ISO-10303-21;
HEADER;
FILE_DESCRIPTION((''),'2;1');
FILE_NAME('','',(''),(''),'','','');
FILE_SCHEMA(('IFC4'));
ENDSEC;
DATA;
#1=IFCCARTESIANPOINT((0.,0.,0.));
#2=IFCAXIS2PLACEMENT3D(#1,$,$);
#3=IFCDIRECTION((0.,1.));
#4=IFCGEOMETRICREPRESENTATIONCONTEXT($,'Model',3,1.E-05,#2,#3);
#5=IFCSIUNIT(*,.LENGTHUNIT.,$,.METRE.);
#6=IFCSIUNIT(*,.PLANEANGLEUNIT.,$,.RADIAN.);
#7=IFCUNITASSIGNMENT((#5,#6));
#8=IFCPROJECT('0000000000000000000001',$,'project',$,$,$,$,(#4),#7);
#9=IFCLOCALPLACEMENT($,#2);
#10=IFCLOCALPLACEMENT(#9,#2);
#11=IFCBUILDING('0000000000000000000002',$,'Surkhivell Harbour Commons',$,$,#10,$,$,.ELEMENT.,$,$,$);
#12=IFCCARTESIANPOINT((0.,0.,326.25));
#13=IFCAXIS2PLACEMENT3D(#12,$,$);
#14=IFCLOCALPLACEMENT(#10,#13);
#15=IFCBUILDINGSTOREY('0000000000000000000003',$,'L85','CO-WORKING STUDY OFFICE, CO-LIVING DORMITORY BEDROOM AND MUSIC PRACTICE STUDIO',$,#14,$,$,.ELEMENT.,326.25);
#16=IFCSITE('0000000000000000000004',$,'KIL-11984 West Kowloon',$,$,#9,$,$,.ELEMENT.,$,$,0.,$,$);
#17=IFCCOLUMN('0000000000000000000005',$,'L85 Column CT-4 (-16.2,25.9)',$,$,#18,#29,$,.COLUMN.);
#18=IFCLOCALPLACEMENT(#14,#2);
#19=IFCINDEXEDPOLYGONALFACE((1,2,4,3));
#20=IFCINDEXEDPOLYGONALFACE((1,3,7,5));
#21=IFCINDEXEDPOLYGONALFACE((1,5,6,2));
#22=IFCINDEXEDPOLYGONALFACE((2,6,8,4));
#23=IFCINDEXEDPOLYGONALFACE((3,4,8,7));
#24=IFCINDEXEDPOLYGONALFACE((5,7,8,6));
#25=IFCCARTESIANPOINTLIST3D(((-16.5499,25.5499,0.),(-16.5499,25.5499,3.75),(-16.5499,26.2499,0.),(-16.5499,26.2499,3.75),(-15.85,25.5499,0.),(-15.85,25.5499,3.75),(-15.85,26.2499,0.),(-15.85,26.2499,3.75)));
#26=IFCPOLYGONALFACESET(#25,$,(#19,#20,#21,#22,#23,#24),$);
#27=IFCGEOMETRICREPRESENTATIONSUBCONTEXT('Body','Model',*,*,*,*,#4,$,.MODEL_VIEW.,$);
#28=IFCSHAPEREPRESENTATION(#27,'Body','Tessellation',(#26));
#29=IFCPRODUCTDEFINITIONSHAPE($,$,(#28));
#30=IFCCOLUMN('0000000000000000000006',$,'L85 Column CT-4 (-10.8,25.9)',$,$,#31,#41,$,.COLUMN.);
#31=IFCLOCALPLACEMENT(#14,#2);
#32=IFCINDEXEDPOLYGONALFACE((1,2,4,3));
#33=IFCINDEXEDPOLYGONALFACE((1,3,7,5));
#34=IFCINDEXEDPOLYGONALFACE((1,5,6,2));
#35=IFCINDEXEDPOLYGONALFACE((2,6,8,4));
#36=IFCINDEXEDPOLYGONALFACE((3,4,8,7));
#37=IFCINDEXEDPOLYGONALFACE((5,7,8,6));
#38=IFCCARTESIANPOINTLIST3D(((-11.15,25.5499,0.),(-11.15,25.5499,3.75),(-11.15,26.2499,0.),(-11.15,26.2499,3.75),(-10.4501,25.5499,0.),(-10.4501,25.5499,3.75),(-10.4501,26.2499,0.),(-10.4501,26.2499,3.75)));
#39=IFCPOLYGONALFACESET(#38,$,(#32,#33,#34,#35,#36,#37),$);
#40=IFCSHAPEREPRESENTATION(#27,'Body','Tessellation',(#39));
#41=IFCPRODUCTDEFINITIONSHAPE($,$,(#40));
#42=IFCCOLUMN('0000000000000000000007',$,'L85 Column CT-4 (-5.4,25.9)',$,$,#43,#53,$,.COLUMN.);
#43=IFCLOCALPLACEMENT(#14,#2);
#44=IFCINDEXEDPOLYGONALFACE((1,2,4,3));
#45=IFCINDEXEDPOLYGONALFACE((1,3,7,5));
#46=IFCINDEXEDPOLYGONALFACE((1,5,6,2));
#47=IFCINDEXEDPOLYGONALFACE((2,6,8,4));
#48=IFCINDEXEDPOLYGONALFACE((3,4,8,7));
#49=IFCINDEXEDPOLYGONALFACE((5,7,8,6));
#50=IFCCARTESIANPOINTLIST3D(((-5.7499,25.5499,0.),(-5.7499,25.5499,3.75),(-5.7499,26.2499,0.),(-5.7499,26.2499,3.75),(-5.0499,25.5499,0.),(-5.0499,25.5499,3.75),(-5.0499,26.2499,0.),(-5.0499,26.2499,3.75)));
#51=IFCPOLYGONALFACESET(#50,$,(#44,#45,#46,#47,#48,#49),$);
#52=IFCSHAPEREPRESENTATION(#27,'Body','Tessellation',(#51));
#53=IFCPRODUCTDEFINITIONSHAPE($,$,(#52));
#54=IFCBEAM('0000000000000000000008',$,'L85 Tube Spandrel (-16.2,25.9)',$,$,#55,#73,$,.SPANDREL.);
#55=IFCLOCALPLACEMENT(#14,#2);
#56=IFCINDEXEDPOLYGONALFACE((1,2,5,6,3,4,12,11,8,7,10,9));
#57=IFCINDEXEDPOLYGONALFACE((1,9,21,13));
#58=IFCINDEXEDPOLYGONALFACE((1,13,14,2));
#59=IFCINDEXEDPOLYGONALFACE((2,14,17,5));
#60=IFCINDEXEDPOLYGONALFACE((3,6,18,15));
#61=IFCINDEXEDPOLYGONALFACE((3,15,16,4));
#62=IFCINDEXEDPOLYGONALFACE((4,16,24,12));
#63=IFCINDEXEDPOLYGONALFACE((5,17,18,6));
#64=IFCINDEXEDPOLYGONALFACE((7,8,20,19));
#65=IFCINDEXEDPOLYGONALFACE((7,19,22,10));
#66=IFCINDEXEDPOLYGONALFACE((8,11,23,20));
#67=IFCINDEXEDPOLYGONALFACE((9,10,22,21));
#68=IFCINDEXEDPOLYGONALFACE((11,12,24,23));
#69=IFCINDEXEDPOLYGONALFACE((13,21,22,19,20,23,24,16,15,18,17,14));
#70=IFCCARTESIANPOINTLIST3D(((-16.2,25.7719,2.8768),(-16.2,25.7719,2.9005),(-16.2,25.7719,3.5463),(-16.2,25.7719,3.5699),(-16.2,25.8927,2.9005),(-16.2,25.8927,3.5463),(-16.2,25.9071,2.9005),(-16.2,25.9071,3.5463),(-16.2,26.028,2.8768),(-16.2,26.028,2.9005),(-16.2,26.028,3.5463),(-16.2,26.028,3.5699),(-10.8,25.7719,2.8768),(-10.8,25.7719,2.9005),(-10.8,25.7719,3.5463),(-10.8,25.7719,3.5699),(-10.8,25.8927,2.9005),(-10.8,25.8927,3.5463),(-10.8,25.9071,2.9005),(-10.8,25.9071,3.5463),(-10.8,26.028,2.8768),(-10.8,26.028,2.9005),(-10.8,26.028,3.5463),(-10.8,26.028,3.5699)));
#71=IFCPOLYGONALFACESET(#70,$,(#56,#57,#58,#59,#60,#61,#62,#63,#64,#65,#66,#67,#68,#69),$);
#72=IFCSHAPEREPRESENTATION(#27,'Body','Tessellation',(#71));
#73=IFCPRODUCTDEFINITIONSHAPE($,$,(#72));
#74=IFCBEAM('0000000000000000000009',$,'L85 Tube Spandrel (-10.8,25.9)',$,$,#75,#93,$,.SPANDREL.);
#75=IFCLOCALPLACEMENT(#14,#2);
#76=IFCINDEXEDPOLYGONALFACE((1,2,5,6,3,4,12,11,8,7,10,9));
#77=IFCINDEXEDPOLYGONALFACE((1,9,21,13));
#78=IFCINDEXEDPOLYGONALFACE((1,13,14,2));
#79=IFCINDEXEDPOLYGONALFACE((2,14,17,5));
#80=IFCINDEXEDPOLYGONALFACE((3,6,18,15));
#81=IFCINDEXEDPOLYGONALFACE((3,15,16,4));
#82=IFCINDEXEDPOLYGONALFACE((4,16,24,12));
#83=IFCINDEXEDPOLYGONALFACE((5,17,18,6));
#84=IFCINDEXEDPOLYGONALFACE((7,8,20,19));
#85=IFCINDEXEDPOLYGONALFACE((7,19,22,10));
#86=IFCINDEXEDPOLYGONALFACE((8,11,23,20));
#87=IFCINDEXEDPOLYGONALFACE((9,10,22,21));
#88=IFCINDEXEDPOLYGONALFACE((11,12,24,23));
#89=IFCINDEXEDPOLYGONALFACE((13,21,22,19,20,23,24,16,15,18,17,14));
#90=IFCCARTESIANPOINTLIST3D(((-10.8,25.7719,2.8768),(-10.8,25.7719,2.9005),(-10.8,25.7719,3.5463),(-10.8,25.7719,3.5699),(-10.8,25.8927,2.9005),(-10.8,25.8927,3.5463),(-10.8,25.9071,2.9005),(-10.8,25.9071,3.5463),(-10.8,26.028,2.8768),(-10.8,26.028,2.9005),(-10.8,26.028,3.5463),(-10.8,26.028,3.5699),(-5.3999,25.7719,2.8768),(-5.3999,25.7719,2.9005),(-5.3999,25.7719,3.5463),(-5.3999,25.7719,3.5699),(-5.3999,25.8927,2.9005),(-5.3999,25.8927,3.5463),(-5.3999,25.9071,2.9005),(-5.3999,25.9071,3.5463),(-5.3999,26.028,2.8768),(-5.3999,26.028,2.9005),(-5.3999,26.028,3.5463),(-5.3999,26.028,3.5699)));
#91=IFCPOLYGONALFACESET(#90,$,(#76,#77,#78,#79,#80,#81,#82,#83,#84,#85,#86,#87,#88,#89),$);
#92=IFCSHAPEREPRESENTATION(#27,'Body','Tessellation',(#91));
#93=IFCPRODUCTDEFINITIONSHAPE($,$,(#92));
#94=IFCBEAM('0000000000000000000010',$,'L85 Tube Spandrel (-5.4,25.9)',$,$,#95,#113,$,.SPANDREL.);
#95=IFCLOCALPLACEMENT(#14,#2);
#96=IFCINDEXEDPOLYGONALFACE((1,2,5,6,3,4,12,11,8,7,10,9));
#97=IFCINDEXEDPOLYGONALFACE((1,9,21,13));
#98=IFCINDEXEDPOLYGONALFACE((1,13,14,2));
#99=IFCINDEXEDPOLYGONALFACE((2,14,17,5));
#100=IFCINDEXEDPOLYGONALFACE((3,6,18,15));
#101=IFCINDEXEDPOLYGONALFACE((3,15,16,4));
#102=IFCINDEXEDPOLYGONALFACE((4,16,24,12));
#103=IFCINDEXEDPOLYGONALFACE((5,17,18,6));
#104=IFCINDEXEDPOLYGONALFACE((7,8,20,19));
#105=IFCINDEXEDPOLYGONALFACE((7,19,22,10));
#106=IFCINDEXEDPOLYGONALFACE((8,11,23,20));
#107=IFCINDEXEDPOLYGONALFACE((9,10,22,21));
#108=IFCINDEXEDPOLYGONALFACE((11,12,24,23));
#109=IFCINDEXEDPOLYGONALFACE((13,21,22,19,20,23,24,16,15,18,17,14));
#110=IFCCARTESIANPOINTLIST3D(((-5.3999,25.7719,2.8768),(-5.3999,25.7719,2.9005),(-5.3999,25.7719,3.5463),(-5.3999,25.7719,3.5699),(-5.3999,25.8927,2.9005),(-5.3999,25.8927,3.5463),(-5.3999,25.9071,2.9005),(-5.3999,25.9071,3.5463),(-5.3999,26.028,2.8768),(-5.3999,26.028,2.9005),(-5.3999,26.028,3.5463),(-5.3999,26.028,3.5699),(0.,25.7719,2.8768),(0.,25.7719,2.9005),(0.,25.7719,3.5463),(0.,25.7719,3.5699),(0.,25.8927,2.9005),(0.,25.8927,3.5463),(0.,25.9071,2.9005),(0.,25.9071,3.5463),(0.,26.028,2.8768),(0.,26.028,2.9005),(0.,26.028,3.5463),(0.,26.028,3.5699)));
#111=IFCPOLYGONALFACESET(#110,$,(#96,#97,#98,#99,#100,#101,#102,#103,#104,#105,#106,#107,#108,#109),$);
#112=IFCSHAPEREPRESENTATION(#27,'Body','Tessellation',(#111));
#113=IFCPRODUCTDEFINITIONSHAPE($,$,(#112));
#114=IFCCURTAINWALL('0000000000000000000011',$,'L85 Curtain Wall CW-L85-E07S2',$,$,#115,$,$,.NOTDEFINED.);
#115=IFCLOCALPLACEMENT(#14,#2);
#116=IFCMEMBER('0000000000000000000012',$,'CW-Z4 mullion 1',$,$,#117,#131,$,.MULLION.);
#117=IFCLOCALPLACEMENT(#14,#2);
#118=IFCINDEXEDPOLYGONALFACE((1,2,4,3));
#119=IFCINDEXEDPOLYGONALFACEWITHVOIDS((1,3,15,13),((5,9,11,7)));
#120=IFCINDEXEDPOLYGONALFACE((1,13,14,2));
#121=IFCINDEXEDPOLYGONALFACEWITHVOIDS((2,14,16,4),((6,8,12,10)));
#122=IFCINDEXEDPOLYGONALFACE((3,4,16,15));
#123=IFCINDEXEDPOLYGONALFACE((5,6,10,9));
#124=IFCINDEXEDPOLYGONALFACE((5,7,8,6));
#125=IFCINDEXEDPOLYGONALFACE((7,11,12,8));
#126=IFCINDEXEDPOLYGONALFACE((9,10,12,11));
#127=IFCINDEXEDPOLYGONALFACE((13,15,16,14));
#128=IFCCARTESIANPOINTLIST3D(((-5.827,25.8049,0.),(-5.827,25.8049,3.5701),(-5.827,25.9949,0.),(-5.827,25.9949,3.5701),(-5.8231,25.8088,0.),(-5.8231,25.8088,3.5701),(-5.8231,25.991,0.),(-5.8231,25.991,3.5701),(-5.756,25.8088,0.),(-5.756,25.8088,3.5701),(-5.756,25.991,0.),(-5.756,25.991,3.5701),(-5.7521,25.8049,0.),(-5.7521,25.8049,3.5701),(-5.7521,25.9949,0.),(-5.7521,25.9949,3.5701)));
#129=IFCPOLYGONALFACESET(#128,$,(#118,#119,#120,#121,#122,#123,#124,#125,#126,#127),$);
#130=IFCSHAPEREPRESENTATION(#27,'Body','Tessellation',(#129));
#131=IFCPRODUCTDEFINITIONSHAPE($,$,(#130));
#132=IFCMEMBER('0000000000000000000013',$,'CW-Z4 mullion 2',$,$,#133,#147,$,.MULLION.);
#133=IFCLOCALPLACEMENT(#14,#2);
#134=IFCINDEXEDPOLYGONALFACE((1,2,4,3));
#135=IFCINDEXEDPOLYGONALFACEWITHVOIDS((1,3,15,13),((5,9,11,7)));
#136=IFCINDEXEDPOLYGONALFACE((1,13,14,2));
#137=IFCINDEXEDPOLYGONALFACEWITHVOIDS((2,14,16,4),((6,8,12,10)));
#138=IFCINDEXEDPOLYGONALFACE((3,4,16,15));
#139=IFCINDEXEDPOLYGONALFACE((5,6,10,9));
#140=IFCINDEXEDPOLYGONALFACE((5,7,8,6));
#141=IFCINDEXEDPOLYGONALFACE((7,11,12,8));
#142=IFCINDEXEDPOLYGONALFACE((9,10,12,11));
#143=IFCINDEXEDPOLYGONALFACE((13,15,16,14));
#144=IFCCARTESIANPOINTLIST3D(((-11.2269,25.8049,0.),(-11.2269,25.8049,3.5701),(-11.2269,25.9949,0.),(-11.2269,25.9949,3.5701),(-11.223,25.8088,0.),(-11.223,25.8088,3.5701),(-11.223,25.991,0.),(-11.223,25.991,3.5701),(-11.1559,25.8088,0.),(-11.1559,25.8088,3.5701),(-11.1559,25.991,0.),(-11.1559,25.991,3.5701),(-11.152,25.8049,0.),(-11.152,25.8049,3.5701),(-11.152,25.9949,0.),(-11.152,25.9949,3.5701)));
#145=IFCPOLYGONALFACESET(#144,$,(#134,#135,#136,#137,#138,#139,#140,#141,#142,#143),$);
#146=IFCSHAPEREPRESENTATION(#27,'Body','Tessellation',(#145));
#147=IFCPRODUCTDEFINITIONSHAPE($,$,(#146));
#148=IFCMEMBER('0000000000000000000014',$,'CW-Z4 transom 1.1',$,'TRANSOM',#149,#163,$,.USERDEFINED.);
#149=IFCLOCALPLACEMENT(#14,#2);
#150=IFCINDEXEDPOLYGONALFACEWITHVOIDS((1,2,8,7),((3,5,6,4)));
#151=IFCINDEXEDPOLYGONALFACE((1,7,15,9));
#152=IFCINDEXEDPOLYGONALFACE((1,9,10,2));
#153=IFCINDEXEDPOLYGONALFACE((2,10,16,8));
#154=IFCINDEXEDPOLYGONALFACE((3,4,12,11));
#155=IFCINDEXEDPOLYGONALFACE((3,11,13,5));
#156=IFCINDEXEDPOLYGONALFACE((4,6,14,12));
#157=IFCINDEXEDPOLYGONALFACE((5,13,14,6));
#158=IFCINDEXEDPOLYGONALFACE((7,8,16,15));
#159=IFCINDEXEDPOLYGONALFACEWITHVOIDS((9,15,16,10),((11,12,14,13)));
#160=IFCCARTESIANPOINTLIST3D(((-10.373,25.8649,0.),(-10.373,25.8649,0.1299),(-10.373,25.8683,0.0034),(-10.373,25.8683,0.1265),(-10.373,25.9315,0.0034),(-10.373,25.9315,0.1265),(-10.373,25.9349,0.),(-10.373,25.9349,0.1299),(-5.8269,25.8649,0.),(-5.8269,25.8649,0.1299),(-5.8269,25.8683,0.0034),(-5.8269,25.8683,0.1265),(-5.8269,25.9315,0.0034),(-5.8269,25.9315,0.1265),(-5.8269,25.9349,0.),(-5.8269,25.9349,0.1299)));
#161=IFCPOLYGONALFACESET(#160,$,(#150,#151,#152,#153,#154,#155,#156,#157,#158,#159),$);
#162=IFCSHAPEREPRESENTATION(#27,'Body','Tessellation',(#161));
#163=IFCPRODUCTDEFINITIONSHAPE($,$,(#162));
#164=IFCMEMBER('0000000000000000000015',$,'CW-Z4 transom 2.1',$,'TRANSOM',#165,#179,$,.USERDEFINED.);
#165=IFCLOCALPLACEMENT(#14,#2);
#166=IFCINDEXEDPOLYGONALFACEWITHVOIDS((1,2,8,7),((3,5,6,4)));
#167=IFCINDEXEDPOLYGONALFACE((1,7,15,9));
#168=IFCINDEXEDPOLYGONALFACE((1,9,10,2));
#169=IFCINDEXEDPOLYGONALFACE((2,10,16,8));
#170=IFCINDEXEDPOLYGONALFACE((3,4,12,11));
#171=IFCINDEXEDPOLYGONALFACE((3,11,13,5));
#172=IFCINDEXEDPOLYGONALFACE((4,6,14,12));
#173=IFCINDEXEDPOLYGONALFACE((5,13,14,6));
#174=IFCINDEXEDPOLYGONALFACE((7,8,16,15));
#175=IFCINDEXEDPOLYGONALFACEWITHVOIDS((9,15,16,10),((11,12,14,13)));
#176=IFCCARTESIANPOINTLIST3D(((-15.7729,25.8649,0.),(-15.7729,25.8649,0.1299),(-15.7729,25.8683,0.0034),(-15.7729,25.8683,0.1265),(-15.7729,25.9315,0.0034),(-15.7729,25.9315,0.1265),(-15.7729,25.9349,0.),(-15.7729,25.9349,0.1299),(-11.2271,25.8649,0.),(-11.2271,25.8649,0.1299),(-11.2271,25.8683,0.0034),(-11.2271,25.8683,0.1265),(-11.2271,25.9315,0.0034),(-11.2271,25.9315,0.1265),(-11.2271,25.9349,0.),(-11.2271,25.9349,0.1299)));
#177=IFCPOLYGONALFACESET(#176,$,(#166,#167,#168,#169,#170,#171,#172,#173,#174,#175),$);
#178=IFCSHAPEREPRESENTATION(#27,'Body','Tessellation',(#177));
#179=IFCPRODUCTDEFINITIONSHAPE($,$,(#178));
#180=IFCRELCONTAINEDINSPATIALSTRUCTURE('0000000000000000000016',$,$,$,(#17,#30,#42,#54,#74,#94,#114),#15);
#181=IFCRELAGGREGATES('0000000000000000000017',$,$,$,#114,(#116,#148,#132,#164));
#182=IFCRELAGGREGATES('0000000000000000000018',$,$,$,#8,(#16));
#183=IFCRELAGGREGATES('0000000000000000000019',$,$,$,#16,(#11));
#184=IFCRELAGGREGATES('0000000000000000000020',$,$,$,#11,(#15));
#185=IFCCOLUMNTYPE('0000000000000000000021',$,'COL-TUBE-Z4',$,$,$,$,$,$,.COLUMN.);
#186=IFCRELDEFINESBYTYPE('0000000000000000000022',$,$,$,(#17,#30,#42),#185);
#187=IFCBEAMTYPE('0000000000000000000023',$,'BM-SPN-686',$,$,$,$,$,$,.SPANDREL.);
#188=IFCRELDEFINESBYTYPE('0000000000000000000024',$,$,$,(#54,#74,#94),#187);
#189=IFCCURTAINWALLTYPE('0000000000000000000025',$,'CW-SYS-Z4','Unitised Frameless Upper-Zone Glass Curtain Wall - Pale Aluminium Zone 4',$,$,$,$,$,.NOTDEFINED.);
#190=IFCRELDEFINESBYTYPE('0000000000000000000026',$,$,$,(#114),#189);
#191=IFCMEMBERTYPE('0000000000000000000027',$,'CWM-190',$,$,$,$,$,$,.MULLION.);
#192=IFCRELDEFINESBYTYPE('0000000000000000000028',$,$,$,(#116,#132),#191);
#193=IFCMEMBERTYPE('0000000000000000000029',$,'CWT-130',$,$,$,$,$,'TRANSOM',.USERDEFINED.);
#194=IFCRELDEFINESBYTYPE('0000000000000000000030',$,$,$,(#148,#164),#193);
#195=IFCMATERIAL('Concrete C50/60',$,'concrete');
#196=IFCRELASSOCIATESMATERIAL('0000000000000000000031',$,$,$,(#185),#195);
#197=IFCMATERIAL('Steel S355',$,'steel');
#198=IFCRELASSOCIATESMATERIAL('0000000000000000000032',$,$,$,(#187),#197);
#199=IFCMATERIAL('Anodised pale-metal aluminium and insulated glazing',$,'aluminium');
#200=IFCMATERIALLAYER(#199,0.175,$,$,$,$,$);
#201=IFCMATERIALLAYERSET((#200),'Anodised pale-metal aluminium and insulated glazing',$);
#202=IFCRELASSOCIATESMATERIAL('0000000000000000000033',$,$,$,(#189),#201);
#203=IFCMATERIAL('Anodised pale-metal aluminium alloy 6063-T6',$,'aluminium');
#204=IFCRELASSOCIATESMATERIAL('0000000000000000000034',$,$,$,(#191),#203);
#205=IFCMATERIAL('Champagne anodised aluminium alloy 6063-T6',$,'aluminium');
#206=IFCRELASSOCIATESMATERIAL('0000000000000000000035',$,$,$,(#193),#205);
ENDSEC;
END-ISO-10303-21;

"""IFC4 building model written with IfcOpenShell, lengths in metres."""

from ifc_helpers import new_model, si_unit, direction, frame, origin, origin_2d, place, context, subcontext, project, spatial, rectangle, hollow_rectangle, i_section, extrude, material, layer, layer_set, material_profile, profile_set, type_object, element, aggregate, save


model = new_model("IFC4")

# Units and contexts
model_context = context("Model", 3, precision=1e-05, world=origin(), true_north=direction((0.0, 1.0)))
body_context = subcontext(model_context, "Body", "Model", "MODEL_VIEW")
ifc_project = project(units=[si_unit("LENGTHUNIT", "METRE"), si_unit("PLANEANGLEUNIT", "RADIAN")], contexts=[model_context])

# Site, building, storey
site_placement = place(None, origin())
site = spatial("IfcSite", under=ifc_project, at=site_placement, Name="KIL-11984 West Kowloon", CompositionType="ELEMENT", RefElevation=0.0)
building_placement = place(site_placement, origin())
building = spatial("IfcBuilding", under=site, at=building_placement, Name="Surkhivell Harbour Commons", CompositionType="ELEMENT")
storey_placement = place(building_placement, frame((0.0, 0.0, 326.25)))
storey = spatial("IfcBuildingStorey", under=building, at=storey_placement, Name="L85", Description="CO-WORKING STUDY OFFICE, CO-LIVING DORMITORY BEDROOM AND MUSIC PRACTICE STUDIO", CompositionType="ELEMENT", Elevation=326.25)

# Columns
ifc_material_1 = material(Name="Concrete C50/60", Category="concrete")
ifc_material_profile_1 = material_profile(ifc_material_1, rectangle(XDim=0.7, YDim=0.7, at=origin_2d()), Name="RC-COL-700x700")
ifc_profile_set_1 = profile_set([ifc_material_profile_1], Name="Concrete C50/60")
column_type = type_object("IfcColumnType", Name="COL-TUBE-Z4", PredefinedType="COLUMN", material=ifc_profile_set_1)
for number, where, z_axis, x_axis, name in (
    (1, (-16.2, 25.8999, 0.0), (0.0, 0.0, 1.0), (1.0, 0.0, 0.0), "L85 Column CT-4 (-16.2,25.9)"),
    (2, (-10.8, 25.8999, 0.0), (0.0, 0.0, 1.0), (1.0, 0.0, 0.0), "L85 Column CT-4 (-10.8,25.9)"),
    (3, (-5.3999, 25.8999, 0.0), (0.0, 0.0, 1.0), (1.0, 0.0, 0.0), "L85 Column CT-4 (-5.4,25.9)"),
):
    element("IfcColumn", number, at=place(storey_placement, frame(where, z_axis=z_axis, x_axis=x_axis)), inside=storey, type_object=column_type, Name=name, PredefinedType="COLUMN", context=body_context, shape_type="SweptSolid", body=[
        extrude(rectangle(XDim=0.7, YDim=0.7, at=origin_2d()), origin(), (0.0, 0.0, 1.0), 3.75),
    ])

# Beams
ifc_material_2 = material(Name="Steel S355", Category="steel")
ifc_material_profile_2 = material_profile(ifc_material_2, i_section(OverallWidth=0.2561, OverallDepth=0.6931, WebThickness=0.0144, FlangeThickness=0.0237, at=origin_2d()), Name="UB686x254x170")
ifc_profile_set_2 = profile_set([ifc_material_profile_2], Name="Steel S355")
beam_type = type_object("IfcBeamType", Name="BM-SPN-686", PredefinedType="SPANDREL", material=ifc_profile_set_2)
beam_1_placement = place(storey_placement, frame((-16.2, 25.8999, 3.2234), z_axis=(1.0, 0.0, 0.0), x_axis=(0.0, 1.0, 0.0)))
element("IfcBeam", 4, at=beam_1_placement, inside=storey, type_object=beam_type, Name="L85 Tube Spandrel (-16.2,25.9)", PredefinedType="SPANDREL", context=body_context, shape_type="SweptSolid", body=[
    extrude(i_section(OverallWidth=0.2561, OverallDepth=0.6931, WebThickness=0.0144, FlangeThickness=0.0237, at=origin_2d()), origin(), (0.0, 0.0, 1.0), 5.3999),
])
beam_2_placement = place(storey_placement, frame((-10.8, 25.8999, 3.2234), z_axis=(1.0, 0.0, 0.0), x_axis=(0.0, 1.0, 0.0)))
element("IfcBeam", 5, at=beam_2_placement, inside=storey, type_object=beam_type, Name="L85 Tube Spandrel (-10.8,25.9)", PredefinedType="SPANDREL", context=body_context, shape_type="SweptSolid", body=[
    extrude(i_section(OverallWidth=0.2561, OverallDepth=0.6931, WebThickness=0.0144, FlangeThickness=0.0237, at=origin_2d()), origin(), (0.0, 0.0, 1.0), 5.4001),
])
beam_3_placement = place(storey_placement, frame((-5.3999, 25.8999, 3.2234), z_axis=(1.0, 0.0, 0.0), x_axis=(0.0, 1.0, 0.0)))
element("IfcBeam", 6, at=beam_3_placement, inside=storey, type_object=beam_type, Name="L85 Tube Spandrel (-5.4,25.9)", PredefinedType="SPANDREL", context=body_context, shape_type="SweptSolid", body=[
    extrude(i_section(OverallWidth=0.2561, OverallDepth=0.6931, WebThickness=0.0144, FlangeThickness=0.0237, at=origin_2d()), origin(), (0.0, 0.0, 1.0), 5.3999),
])

# Curtain wall, members
ifc_material_3 = material(Name="Anodised pale-metal aluminium and insulated glazing", Category="aluminium")
ifc_layer_1 = layer(ifc_material_3, 0.175)
ifc_layer_set_1 = layer_set([ifc_layer_1], Name="Anodised pale-metal aluminium and insulated glazing")
curtain_wall_type = type_object("IfcCurtainWallType", Name="CW-SYS-Z4", Description="Unitised Frameless Upper-Zone Glass Curtain Wall - Pale Aluminium Zone 4", PredefinedType="NOTDEFINED", material=ifc_layer_set_1)
curtain_wall_placement = place(storey_placement, origin())
curtain_wall = element("IfcCurtainWall", 7, at=curtain_wall_placement, inside=storey, type_object=curtain_wall_type, Name="L85 Curtain Wall CW-L85-E07S2", PredefinedType="NOTDEFINED")
ifc_material_4 = material(Name="Anodised pale-metal aluminium alloy 6063-T6", Category="aluminium")
ifc_material_profile_3 = material_profile(ifc_material_4, hollow_rectangle(XDim=0.075, YDim=0.1899, WallThickness=0.0039, at=origin_2d()), Name="ALU-MULL-75x190")
ifc_profile_set_3 = profile_set([ifc_material_profile_3], Name="Anodised pale-metal aluminium alloy 6063-T6")
member_type_1 = type_object("IfcMemberType", Name="CWM-190", PredefinedType="MULLION", material=ifc_profile_set_3)
member_1_placement = place(storey_placement, frame((-5.7896, 25.8999, 0.0), z_axis=(0.0, 0.0, 1.0), x_axis=(-1.0, 0.0, 0.0)))
member_1 = element("IfcMember", 8, at=member_1_placement, type_object=member_type_1, Name="CW-Z4 mullion 1", PredefinedType="MULLION", context=body_context, shape_type="SweptSolid", body=[
    extrude(hollow_rectangle(XDim=0.075, YDim=0.1899, WallThickness=0.0039, at=origin_2d()), origin(), (0.0, 0.0, 1.0), 3.5701),
])
member_2_placement = place(storey_placement, frame((-11.1895, 25.8999, 0.0), z_axis=(0.0, 0.0, 1.0), x_axis=(-1.0, 0.0, 0.0)))
member_2 = element("IfcMember", 9, at=member_2_placement, type_object=member_type_1, Name="CW-Z4 mullion 2", PredefinedType="MULLION", context=body_context, shape_type="SweptSolid", body=[
    extrude(hollow_rectangle(XDim=0.075, YDim=0.1899, WallThickness=0.0039, at=origin_2d()), origin(), (0.0, 0.0, 1.0), 3.5701),
])
ifc_material_5 = material(Name="Champagne anodised aluminium alloy 6063-T6", Category="aluminium")
ifc_material_profile_4 = material_profile(ifc_material_5, hollow_rectangle(XDim=0.0701, YDim=0.1299, WallThickness=0.0034, at=origin_2d()), Name="ALU-TRAN-70x130")
ifc_profile_set_4 = profile_set([ifc_material_profile_4], Name="Champagne anodised aluminium alloy 6063-T6")
member_type_2 = type_object("IfcMemberType", Name="CWT-130", ElementType="TRANSOM", PredefinedType="USERDEFINED", material=ifc_profile_set_4)
member_3_placement = place(storey_placement, frame((-5.8269, 25.8999, 0.0649), z_axis=(-1.0, 0.0, 0.0), x_axis=(0.0, -1.0, 0.0)))
member_3 = element("IfcMember", 10, at=member_3_placement, type_object=member_type_2, Name="CW-Z4 transom 1.1", ObjectType="TRANSOM", PredefinedType="USERDEFINED", context=body_context, shape_type="SweptSolid", body=[
    extrude(hollow_rectangle(XDim=0.0701, YDim=0.1299, WallThickness=0.0034, at=origin_2d()), origin(), (0.0, 0.0, 1.0), 4.5461),
])
member_4_placement = place(storey_placement, frame((-11.2271, 25.8999, 0.0649), z_axis=(-1.0, 0.0, 0.0), x_axis=(0.0, -1.0, 0.0)))
member_4 = element("IfcMember", 11, at=member_4_placement, type_object=member_type_2, Name="CW-Z4 transom 2.1", ObjectType="TRANSOM", PredefinedType="USERDEFINED", context=body_context, shape_type="SweptSolid", body=[
    extrude(hollow_rectangle(XDim=0.0701, YDim=0.1299, WallThickness=0.0034, at=origin_2d()), origin(), (0.0, 0.0, 1.0), 4.5459),
])

aggregate(curtain_wall, [member_1, member_3, member_2, member_4])

save(model, "model.ifc")
